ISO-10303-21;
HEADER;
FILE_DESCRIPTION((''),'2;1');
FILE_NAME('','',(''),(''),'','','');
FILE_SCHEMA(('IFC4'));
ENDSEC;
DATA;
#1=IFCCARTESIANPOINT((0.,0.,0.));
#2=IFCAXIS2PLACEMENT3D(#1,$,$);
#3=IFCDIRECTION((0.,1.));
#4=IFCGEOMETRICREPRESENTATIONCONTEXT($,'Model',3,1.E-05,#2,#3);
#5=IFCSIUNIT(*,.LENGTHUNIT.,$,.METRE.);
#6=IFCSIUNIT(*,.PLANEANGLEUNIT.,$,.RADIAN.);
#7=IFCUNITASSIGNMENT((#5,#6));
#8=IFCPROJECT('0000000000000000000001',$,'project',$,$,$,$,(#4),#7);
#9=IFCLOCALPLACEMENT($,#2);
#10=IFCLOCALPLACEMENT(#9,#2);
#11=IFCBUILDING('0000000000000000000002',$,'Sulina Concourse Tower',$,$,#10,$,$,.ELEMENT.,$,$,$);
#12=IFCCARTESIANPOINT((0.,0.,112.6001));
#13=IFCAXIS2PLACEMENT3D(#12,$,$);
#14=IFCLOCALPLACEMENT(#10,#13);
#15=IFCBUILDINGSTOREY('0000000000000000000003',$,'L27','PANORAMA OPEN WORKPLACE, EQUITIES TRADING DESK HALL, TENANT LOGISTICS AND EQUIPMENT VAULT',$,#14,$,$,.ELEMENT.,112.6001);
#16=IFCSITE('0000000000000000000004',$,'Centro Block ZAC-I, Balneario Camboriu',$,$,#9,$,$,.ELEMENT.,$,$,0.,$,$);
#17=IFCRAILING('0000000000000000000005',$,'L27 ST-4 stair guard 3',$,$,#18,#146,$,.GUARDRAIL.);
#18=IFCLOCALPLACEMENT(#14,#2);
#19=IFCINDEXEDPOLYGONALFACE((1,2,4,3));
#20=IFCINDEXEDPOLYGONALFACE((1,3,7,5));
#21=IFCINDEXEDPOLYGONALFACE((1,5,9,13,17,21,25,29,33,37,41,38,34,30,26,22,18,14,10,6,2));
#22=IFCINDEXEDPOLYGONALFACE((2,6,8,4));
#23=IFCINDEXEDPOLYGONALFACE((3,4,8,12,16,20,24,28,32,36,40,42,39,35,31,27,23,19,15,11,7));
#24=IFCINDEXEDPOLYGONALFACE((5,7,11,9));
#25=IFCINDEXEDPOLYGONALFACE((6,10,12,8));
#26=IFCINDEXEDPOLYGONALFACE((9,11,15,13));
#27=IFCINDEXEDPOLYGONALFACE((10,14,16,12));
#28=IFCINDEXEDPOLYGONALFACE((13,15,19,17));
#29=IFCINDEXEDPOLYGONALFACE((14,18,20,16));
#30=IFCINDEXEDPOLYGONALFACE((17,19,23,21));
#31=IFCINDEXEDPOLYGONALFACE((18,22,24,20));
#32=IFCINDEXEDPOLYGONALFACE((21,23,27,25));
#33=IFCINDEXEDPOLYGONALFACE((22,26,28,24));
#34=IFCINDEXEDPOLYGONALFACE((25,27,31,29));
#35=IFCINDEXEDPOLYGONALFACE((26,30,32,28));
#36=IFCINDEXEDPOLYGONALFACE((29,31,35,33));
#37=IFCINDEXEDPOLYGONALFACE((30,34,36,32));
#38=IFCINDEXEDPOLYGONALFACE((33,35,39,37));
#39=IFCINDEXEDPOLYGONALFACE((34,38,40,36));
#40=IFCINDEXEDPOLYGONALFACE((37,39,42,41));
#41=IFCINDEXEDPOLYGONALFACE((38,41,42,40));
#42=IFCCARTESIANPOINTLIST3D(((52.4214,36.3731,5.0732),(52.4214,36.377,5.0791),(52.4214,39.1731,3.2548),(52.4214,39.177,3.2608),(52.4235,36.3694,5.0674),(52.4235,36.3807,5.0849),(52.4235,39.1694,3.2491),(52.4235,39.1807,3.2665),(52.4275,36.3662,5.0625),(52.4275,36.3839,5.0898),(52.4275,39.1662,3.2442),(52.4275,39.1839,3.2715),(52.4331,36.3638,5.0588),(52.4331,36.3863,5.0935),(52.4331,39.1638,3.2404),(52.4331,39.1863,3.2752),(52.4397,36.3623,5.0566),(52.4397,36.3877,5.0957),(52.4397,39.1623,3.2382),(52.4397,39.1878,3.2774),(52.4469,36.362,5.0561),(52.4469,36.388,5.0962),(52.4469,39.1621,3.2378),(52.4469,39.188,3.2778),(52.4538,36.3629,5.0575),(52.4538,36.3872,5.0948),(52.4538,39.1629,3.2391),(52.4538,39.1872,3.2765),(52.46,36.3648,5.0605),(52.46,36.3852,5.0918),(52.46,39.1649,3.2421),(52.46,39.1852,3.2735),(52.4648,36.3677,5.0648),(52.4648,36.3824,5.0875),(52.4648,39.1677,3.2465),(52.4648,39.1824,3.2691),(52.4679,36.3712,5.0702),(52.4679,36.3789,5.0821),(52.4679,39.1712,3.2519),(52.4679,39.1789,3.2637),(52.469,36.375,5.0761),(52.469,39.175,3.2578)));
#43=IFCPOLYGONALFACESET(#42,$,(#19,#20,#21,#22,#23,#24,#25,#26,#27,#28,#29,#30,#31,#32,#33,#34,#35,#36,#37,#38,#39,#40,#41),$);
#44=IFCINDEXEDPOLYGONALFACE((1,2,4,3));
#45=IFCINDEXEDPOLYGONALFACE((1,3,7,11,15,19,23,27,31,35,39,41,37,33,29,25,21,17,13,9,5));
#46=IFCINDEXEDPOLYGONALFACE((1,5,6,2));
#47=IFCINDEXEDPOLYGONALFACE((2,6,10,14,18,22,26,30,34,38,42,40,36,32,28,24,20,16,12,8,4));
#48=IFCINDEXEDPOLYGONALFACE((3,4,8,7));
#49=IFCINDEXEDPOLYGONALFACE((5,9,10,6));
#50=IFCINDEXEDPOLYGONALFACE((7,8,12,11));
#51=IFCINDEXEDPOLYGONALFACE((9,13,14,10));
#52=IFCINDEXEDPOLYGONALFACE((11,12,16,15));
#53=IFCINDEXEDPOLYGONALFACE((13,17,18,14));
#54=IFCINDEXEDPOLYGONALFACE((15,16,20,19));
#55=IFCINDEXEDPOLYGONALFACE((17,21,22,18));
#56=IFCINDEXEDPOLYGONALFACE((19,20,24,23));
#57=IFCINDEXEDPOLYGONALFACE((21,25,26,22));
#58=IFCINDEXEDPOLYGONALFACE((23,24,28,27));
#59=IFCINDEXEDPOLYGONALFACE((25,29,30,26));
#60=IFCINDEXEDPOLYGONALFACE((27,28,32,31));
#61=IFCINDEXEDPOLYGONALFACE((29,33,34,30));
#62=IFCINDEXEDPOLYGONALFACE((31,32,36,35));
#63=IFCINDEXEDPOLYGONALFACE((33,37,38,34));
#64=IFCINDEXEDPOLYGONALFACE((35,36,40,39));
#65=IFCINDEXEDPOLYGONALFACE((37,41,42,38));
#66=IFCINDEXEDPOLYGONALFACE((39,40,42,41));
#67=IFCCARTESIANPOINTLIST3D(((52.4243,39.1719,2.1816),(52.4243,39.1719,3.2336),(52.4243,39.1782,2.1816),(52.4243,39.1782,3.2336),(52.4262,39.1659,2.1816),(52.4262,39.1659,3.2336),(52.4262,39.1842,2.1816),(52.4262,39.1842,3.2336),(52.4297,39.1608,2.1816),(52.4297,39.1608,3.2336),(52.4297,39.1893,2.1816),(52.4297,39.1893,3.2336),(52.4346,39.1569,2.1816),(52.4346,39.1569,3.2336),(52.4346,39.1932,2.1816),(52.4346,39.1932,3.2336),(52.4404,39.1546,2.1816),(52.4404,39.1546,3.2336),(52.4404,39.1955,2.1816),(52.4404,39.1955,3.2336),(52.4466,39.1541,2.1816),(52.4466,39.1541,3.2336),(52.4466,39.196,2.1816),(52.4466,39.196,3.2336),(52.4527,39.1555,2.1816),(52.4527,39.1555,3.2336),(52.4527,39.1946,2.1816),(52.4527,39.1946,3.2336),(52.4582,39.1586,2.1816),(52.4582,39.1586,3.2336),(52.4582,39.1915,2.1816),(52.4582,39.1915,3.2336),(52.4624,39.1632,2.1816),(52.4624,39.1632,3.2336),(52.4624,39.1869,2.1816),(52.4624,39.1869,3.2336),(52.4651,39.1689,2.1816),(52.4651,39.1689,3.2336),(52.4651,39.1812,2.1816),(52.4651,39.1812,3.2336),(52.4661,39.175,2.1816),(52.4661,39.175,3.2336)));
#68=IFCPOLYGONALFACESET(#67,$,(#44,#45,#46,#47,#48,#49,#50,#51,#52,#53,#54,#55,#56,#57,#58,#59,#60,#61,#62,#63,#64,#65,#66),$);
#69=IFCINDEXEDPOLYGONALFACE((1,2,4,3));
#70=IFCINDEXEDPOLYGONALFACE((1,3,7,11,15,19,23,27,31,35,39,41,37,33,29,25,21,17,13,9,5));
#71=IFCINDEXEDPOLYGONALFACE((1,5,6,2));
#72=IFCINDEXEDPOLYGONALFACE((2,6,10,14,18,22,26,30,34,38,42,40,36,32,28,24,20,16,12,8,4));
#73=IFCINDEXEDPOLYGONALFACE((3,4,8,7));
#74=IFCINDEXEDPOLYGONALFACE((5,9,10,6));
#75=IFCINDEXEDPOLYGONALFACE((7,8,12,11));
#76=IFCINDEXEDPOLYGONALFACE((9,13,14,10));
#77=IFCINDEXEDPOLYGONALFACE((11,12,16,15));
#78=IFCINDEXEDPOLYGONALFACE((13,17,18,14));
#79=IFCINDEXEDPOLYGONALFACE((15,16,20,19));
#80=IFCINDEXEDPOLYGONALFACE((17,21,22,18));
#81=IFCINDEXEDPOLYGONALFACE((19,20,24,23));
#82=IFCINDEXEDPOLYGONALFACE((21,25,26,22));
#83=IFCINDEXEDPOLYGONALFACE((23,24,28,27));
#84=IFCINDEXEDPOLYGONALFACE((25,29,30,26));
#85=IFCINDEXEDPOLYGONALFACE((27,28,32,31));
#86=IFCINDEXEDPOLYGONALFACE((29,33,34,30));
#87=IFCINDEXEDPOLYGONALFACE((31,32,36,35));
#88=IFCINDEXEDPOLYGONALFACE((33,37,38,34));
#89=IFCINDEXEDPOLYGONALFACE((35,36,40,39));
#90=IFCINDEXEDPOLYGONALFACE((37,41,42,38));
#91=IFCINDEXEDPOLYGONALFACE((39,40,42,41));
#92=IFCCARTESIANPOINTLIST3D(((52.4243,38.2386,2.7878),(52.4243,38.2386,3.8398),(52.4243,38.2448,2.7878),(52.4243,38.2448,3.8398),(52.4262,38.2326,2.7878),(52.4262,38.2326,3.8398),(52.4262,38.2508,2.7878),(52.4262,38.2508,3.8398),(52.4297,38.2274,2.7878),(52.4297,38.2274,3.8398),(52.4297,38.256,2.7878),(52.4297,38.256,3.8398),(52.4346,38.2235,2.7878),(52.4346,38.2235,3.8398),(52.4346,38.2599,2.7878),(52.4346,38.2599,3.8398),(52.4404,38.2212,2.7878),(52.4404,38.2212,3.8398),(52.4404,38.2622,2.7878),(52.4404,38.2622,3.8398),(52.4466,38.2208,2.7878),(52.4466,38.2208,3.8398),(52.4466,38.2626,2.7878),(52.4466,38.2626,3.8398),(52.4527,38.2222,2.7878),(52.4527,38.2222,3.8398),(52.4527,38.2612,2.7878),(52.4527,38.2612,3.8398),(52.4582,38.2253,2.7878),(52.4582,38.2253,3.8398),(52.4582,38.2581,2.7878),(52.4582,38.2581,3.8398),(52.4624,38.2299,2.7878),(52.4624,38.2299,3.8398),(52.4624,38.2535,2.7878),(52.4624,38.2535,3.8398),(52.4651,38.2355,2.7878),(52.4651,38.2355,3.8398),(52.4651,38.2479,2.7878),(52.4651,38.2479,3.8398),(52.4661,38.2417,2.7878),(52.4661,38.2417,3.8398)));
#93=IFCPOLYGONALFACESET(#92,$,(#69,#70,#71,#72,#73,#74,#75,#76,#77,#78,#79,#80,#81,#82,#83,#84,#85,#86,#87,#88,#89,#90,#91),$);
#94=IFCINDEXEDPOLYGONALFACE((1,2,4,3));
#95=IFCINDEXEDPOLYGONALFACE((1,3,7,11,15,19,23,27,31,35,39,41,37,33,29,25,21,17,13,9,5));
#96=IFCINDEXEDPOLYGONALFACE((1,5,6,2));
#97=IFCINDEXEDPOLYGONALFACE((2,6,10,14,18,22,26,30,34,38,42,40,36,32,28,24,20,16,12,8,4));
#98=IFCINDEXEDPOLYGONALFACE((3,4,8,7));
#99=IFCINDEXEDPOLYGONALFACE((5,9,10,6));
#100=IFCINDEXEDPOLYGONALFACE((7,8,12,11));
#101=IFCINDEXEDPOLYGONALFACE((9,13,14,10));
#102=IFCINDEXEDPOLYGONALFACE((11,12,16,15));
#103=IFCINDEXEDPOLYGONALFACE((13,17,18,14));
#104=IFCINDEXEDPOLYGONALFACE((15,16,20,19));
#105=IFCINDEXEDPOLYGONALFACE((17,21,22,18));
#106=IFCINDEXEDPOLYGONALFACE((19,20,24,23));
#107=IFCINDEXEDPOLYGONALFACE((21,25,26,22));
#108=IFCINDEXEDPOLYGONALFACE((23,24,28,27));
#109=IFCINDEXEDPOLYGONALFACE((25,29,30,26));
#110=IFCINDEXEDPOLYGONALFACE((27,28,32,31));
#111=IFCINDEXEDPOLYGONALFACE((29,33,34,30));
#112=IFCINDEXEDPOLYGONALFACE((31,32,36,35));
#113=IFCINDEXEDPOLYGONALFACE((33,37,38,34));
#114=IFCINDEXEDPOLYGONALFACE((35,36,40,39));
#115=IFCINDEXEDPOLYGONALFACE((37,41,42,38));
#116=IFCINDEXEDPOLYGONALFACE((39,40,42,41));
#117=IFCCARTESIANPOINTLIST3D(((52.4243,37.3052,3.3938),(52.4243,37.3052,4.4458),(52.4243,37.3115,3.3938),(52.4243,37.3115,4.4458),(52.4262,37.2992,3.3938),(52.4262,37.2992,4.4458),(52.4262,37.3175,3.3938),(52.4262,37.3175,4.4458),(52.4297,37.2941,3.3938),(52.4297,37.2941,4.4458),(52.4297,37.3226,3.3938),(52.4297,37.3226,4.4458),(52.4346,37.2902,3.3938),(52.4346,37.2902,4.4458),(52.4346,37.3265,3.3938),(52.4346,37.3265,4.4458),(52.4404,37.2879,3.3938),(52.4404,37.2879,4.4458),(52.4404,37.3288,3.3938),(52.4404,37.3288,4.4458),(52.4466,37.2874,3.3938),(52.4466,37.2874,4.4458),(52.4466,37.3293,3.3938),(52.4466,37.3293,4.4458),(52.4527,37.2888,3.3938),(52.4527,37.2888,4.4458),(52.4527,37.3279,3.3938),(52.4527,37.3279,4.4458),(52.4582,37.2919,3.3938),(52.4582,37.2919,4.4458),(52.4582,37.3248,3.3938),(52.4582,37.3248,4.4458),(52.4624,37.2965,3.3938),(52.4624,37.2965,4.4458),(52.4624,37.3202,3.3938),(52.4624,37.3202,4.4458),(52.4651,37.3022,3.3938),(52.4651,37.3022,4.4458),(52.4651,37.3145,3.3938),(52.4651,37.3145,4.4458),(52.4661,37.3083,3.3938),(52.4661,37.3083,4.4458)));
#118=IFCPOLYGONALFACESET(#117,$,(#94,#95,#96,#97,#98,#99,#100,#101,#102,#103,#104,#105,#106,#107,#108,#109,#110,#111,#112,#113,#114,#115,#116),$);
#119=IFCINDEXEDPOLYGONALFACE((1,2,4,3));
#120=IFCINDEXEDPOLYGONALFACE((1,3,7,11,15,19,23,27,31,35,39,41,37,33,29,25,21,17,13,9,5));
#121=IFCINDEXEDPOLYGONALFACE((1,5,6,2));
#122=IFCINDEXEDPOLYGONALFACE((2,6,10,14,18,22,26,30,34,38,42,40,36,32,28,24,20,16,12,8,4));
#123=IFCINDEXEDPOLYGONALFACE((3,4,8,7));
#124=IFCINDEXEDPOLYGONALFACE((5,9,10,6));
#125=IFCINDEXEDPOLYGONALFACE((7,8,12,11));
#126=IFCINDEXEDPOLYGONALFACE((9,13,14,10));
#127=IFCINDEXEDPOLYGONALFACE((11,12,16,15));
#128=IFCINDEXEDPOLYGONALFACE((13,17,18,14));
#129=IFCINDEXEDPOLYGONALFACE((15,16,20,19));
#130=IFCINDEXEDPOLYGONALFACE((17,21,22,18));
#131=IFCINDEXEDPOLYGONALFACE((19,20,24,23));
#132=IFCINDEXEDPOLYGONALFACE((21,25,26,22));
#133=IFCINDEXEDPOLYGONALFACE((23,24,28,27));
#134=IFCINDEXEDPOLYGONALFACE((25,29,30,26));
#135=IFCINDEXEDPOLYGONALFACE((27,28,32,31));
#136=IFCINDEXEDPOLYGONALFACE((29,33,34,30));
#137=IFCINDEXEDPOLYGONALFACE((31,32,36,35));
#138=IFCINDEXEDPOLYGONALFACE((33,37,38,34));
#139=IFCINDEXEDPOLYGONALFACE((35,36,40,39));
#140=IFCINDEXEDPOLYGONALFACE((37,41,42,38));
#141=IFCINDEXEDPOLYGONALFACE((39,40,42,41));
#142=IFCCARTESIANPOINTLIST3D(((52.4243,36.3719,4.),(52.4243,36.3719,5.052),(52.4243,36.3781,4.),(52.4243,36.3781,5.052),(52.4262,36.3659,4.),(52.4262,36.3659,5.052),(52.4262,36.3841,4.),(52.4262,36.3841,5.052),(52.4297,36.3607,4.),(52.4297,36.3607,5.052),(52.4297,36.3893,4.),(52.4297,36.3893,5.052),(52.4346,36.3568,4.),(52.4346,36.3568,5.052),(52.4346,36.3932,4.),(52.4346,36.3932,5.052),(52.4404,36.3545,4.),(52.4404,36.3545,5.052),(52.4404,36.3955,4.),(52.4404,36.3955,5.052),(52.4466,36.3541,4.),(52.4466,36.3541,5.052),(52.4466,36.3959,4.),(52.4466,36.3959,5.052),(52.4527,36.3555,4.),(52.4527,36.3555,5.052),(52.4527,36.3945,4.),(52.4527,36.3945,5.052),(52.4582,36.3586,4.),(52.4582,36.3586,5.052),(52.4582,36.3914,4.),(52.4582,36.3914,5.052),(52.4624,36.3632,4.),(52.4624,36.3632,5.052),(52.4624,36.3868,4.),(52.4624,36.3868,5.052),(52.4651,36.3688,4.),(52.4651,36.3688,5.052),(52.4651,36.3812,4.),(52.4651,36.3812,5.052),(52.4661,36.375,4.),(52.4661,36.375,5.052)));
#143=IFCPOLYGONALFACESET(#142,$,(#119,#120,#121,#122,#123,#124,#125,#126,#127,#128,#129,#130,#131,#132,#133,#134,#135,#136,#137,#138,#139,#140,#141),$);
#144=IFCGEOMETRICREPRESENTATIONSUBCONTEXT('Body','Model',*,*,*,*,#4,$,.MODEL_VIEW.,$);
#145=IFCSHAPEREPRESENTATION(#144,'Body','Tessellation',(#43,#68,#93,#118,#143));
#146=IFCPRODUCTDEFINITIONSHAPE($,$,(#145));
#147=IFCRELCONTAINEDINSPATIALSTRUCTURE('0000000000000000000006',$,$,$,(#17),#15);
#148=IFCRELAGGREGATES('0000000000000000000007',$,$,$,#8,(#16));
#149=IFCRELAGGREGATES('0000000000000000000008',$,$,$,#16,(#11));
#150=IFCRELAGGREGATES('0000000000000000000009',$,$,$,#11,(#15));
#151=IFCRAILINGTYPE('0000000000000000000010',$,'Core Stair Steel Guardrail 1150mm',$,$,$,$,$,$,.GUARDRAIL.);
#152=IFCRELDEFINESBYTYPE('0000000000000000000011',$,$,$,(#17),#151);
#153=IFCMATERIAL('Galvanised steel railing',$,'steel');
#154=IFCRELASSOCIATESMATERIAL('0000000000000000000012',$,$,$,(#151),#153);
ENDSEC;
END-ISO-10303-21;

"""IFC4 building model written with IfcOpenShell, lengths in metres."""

from ifc_helpers import new_model, si_unit, direction, frame, origin, origin_2d, place, context, subcontext, project, spatial, circle, extrude, material, type_object, element, save


model = new_model("IFC4")

# Units and contexts
model_context = context("Model", 3, precision=1e-05, world=origin(), true_north=direction((0.0, 1.0)))
body_context = subcontext(model_context, "Body", "Model", "MODEL_VIEW")
ifc_project = project(units=[si_unit("LENGTHUNIT", "METRE"), si_unit("PLANEANGLEUNIT", "RADIAN")], contexts=[model_context])

# Site, building, storey
site_placement = place(None, origin())
site = spatial("IfcSite", under=ifc_project, at=site_placement, Name="Centro Block ZAC-I, Balneario Camboriu", CompositionType="ELEMENT", RefElevation=0.0)
building_placement = place(site_placement, origin())
building = spatial("IfcBuilding", under=site, at=building_placement, Name="Sulina Concourse Tower", CompositionType="ELEMENT")
storey_placement = place(building_placement, frame((0.0, 0.0, 112.6001)))
storey = spatial("IfcBuildingStorey", under=building, at=storey_placement, Name="L27", Description="PANORAMA OPEN WORKPLACE, EQUITIES TRADING DESK HALL, TENANT LOGISTICS AND EQUIPMENT VAULT", CompositionType="ELEMENT", Elevation=112.6001)

# Railing
ifc_material_1 = material(Name="Galvanised steel railing", Category="steel")
railing_type_1 = type_object("IfcRailingType", Name="Core Stair Steel Guardrail 1150mm", PredefinedType="GUARDRAIL", material=ifc_material_1)
railing_1_placement = place(storey_placement, frame((52.4451, 39.175, 2.1816)))
element("IfcRailing", 1, at=railing_1_placement, inside=storey, type_object=railing_type_1, Name="L27 ST-4 stair guard 3", PredefinedType="GUARDRAIL", context=body_context, shape_type="SweptSolid", body=[
    extrude(circle(Radius=0.0239, at=origin_2d()), frame((0.0, 0.0, 1.0762), z_axis=(0.0, -0.838672, 0.544636), x_axis=(1.0, 0.0, 0.0)), (0.0, 0.0, 1.0), 3.3386),
    extrude(circle(Radius=0.021, at=origin_2d()), origin(), (0.0, 0.0, 1.0), 1.052),
    extrude(circle(Radius=0.021, at=origin_2d()), frame((0.0, -0.9333, 0.6062)), (0.0, 0.0, 1.0), 1.052),
    extrude(circle(Radius=0.021, at=origin_2d()), frame((0.0, -1.8667, 1.2122)), (0.0, 0.0, 1.0), 1.052),
    extrude(circle(Radius=0.021, at=origin_2d()), frame((0.0, -2.8, 1.8184)), (0.0, 0.0, 1.0), 1.052),
])

save(model, "model.ifc")
